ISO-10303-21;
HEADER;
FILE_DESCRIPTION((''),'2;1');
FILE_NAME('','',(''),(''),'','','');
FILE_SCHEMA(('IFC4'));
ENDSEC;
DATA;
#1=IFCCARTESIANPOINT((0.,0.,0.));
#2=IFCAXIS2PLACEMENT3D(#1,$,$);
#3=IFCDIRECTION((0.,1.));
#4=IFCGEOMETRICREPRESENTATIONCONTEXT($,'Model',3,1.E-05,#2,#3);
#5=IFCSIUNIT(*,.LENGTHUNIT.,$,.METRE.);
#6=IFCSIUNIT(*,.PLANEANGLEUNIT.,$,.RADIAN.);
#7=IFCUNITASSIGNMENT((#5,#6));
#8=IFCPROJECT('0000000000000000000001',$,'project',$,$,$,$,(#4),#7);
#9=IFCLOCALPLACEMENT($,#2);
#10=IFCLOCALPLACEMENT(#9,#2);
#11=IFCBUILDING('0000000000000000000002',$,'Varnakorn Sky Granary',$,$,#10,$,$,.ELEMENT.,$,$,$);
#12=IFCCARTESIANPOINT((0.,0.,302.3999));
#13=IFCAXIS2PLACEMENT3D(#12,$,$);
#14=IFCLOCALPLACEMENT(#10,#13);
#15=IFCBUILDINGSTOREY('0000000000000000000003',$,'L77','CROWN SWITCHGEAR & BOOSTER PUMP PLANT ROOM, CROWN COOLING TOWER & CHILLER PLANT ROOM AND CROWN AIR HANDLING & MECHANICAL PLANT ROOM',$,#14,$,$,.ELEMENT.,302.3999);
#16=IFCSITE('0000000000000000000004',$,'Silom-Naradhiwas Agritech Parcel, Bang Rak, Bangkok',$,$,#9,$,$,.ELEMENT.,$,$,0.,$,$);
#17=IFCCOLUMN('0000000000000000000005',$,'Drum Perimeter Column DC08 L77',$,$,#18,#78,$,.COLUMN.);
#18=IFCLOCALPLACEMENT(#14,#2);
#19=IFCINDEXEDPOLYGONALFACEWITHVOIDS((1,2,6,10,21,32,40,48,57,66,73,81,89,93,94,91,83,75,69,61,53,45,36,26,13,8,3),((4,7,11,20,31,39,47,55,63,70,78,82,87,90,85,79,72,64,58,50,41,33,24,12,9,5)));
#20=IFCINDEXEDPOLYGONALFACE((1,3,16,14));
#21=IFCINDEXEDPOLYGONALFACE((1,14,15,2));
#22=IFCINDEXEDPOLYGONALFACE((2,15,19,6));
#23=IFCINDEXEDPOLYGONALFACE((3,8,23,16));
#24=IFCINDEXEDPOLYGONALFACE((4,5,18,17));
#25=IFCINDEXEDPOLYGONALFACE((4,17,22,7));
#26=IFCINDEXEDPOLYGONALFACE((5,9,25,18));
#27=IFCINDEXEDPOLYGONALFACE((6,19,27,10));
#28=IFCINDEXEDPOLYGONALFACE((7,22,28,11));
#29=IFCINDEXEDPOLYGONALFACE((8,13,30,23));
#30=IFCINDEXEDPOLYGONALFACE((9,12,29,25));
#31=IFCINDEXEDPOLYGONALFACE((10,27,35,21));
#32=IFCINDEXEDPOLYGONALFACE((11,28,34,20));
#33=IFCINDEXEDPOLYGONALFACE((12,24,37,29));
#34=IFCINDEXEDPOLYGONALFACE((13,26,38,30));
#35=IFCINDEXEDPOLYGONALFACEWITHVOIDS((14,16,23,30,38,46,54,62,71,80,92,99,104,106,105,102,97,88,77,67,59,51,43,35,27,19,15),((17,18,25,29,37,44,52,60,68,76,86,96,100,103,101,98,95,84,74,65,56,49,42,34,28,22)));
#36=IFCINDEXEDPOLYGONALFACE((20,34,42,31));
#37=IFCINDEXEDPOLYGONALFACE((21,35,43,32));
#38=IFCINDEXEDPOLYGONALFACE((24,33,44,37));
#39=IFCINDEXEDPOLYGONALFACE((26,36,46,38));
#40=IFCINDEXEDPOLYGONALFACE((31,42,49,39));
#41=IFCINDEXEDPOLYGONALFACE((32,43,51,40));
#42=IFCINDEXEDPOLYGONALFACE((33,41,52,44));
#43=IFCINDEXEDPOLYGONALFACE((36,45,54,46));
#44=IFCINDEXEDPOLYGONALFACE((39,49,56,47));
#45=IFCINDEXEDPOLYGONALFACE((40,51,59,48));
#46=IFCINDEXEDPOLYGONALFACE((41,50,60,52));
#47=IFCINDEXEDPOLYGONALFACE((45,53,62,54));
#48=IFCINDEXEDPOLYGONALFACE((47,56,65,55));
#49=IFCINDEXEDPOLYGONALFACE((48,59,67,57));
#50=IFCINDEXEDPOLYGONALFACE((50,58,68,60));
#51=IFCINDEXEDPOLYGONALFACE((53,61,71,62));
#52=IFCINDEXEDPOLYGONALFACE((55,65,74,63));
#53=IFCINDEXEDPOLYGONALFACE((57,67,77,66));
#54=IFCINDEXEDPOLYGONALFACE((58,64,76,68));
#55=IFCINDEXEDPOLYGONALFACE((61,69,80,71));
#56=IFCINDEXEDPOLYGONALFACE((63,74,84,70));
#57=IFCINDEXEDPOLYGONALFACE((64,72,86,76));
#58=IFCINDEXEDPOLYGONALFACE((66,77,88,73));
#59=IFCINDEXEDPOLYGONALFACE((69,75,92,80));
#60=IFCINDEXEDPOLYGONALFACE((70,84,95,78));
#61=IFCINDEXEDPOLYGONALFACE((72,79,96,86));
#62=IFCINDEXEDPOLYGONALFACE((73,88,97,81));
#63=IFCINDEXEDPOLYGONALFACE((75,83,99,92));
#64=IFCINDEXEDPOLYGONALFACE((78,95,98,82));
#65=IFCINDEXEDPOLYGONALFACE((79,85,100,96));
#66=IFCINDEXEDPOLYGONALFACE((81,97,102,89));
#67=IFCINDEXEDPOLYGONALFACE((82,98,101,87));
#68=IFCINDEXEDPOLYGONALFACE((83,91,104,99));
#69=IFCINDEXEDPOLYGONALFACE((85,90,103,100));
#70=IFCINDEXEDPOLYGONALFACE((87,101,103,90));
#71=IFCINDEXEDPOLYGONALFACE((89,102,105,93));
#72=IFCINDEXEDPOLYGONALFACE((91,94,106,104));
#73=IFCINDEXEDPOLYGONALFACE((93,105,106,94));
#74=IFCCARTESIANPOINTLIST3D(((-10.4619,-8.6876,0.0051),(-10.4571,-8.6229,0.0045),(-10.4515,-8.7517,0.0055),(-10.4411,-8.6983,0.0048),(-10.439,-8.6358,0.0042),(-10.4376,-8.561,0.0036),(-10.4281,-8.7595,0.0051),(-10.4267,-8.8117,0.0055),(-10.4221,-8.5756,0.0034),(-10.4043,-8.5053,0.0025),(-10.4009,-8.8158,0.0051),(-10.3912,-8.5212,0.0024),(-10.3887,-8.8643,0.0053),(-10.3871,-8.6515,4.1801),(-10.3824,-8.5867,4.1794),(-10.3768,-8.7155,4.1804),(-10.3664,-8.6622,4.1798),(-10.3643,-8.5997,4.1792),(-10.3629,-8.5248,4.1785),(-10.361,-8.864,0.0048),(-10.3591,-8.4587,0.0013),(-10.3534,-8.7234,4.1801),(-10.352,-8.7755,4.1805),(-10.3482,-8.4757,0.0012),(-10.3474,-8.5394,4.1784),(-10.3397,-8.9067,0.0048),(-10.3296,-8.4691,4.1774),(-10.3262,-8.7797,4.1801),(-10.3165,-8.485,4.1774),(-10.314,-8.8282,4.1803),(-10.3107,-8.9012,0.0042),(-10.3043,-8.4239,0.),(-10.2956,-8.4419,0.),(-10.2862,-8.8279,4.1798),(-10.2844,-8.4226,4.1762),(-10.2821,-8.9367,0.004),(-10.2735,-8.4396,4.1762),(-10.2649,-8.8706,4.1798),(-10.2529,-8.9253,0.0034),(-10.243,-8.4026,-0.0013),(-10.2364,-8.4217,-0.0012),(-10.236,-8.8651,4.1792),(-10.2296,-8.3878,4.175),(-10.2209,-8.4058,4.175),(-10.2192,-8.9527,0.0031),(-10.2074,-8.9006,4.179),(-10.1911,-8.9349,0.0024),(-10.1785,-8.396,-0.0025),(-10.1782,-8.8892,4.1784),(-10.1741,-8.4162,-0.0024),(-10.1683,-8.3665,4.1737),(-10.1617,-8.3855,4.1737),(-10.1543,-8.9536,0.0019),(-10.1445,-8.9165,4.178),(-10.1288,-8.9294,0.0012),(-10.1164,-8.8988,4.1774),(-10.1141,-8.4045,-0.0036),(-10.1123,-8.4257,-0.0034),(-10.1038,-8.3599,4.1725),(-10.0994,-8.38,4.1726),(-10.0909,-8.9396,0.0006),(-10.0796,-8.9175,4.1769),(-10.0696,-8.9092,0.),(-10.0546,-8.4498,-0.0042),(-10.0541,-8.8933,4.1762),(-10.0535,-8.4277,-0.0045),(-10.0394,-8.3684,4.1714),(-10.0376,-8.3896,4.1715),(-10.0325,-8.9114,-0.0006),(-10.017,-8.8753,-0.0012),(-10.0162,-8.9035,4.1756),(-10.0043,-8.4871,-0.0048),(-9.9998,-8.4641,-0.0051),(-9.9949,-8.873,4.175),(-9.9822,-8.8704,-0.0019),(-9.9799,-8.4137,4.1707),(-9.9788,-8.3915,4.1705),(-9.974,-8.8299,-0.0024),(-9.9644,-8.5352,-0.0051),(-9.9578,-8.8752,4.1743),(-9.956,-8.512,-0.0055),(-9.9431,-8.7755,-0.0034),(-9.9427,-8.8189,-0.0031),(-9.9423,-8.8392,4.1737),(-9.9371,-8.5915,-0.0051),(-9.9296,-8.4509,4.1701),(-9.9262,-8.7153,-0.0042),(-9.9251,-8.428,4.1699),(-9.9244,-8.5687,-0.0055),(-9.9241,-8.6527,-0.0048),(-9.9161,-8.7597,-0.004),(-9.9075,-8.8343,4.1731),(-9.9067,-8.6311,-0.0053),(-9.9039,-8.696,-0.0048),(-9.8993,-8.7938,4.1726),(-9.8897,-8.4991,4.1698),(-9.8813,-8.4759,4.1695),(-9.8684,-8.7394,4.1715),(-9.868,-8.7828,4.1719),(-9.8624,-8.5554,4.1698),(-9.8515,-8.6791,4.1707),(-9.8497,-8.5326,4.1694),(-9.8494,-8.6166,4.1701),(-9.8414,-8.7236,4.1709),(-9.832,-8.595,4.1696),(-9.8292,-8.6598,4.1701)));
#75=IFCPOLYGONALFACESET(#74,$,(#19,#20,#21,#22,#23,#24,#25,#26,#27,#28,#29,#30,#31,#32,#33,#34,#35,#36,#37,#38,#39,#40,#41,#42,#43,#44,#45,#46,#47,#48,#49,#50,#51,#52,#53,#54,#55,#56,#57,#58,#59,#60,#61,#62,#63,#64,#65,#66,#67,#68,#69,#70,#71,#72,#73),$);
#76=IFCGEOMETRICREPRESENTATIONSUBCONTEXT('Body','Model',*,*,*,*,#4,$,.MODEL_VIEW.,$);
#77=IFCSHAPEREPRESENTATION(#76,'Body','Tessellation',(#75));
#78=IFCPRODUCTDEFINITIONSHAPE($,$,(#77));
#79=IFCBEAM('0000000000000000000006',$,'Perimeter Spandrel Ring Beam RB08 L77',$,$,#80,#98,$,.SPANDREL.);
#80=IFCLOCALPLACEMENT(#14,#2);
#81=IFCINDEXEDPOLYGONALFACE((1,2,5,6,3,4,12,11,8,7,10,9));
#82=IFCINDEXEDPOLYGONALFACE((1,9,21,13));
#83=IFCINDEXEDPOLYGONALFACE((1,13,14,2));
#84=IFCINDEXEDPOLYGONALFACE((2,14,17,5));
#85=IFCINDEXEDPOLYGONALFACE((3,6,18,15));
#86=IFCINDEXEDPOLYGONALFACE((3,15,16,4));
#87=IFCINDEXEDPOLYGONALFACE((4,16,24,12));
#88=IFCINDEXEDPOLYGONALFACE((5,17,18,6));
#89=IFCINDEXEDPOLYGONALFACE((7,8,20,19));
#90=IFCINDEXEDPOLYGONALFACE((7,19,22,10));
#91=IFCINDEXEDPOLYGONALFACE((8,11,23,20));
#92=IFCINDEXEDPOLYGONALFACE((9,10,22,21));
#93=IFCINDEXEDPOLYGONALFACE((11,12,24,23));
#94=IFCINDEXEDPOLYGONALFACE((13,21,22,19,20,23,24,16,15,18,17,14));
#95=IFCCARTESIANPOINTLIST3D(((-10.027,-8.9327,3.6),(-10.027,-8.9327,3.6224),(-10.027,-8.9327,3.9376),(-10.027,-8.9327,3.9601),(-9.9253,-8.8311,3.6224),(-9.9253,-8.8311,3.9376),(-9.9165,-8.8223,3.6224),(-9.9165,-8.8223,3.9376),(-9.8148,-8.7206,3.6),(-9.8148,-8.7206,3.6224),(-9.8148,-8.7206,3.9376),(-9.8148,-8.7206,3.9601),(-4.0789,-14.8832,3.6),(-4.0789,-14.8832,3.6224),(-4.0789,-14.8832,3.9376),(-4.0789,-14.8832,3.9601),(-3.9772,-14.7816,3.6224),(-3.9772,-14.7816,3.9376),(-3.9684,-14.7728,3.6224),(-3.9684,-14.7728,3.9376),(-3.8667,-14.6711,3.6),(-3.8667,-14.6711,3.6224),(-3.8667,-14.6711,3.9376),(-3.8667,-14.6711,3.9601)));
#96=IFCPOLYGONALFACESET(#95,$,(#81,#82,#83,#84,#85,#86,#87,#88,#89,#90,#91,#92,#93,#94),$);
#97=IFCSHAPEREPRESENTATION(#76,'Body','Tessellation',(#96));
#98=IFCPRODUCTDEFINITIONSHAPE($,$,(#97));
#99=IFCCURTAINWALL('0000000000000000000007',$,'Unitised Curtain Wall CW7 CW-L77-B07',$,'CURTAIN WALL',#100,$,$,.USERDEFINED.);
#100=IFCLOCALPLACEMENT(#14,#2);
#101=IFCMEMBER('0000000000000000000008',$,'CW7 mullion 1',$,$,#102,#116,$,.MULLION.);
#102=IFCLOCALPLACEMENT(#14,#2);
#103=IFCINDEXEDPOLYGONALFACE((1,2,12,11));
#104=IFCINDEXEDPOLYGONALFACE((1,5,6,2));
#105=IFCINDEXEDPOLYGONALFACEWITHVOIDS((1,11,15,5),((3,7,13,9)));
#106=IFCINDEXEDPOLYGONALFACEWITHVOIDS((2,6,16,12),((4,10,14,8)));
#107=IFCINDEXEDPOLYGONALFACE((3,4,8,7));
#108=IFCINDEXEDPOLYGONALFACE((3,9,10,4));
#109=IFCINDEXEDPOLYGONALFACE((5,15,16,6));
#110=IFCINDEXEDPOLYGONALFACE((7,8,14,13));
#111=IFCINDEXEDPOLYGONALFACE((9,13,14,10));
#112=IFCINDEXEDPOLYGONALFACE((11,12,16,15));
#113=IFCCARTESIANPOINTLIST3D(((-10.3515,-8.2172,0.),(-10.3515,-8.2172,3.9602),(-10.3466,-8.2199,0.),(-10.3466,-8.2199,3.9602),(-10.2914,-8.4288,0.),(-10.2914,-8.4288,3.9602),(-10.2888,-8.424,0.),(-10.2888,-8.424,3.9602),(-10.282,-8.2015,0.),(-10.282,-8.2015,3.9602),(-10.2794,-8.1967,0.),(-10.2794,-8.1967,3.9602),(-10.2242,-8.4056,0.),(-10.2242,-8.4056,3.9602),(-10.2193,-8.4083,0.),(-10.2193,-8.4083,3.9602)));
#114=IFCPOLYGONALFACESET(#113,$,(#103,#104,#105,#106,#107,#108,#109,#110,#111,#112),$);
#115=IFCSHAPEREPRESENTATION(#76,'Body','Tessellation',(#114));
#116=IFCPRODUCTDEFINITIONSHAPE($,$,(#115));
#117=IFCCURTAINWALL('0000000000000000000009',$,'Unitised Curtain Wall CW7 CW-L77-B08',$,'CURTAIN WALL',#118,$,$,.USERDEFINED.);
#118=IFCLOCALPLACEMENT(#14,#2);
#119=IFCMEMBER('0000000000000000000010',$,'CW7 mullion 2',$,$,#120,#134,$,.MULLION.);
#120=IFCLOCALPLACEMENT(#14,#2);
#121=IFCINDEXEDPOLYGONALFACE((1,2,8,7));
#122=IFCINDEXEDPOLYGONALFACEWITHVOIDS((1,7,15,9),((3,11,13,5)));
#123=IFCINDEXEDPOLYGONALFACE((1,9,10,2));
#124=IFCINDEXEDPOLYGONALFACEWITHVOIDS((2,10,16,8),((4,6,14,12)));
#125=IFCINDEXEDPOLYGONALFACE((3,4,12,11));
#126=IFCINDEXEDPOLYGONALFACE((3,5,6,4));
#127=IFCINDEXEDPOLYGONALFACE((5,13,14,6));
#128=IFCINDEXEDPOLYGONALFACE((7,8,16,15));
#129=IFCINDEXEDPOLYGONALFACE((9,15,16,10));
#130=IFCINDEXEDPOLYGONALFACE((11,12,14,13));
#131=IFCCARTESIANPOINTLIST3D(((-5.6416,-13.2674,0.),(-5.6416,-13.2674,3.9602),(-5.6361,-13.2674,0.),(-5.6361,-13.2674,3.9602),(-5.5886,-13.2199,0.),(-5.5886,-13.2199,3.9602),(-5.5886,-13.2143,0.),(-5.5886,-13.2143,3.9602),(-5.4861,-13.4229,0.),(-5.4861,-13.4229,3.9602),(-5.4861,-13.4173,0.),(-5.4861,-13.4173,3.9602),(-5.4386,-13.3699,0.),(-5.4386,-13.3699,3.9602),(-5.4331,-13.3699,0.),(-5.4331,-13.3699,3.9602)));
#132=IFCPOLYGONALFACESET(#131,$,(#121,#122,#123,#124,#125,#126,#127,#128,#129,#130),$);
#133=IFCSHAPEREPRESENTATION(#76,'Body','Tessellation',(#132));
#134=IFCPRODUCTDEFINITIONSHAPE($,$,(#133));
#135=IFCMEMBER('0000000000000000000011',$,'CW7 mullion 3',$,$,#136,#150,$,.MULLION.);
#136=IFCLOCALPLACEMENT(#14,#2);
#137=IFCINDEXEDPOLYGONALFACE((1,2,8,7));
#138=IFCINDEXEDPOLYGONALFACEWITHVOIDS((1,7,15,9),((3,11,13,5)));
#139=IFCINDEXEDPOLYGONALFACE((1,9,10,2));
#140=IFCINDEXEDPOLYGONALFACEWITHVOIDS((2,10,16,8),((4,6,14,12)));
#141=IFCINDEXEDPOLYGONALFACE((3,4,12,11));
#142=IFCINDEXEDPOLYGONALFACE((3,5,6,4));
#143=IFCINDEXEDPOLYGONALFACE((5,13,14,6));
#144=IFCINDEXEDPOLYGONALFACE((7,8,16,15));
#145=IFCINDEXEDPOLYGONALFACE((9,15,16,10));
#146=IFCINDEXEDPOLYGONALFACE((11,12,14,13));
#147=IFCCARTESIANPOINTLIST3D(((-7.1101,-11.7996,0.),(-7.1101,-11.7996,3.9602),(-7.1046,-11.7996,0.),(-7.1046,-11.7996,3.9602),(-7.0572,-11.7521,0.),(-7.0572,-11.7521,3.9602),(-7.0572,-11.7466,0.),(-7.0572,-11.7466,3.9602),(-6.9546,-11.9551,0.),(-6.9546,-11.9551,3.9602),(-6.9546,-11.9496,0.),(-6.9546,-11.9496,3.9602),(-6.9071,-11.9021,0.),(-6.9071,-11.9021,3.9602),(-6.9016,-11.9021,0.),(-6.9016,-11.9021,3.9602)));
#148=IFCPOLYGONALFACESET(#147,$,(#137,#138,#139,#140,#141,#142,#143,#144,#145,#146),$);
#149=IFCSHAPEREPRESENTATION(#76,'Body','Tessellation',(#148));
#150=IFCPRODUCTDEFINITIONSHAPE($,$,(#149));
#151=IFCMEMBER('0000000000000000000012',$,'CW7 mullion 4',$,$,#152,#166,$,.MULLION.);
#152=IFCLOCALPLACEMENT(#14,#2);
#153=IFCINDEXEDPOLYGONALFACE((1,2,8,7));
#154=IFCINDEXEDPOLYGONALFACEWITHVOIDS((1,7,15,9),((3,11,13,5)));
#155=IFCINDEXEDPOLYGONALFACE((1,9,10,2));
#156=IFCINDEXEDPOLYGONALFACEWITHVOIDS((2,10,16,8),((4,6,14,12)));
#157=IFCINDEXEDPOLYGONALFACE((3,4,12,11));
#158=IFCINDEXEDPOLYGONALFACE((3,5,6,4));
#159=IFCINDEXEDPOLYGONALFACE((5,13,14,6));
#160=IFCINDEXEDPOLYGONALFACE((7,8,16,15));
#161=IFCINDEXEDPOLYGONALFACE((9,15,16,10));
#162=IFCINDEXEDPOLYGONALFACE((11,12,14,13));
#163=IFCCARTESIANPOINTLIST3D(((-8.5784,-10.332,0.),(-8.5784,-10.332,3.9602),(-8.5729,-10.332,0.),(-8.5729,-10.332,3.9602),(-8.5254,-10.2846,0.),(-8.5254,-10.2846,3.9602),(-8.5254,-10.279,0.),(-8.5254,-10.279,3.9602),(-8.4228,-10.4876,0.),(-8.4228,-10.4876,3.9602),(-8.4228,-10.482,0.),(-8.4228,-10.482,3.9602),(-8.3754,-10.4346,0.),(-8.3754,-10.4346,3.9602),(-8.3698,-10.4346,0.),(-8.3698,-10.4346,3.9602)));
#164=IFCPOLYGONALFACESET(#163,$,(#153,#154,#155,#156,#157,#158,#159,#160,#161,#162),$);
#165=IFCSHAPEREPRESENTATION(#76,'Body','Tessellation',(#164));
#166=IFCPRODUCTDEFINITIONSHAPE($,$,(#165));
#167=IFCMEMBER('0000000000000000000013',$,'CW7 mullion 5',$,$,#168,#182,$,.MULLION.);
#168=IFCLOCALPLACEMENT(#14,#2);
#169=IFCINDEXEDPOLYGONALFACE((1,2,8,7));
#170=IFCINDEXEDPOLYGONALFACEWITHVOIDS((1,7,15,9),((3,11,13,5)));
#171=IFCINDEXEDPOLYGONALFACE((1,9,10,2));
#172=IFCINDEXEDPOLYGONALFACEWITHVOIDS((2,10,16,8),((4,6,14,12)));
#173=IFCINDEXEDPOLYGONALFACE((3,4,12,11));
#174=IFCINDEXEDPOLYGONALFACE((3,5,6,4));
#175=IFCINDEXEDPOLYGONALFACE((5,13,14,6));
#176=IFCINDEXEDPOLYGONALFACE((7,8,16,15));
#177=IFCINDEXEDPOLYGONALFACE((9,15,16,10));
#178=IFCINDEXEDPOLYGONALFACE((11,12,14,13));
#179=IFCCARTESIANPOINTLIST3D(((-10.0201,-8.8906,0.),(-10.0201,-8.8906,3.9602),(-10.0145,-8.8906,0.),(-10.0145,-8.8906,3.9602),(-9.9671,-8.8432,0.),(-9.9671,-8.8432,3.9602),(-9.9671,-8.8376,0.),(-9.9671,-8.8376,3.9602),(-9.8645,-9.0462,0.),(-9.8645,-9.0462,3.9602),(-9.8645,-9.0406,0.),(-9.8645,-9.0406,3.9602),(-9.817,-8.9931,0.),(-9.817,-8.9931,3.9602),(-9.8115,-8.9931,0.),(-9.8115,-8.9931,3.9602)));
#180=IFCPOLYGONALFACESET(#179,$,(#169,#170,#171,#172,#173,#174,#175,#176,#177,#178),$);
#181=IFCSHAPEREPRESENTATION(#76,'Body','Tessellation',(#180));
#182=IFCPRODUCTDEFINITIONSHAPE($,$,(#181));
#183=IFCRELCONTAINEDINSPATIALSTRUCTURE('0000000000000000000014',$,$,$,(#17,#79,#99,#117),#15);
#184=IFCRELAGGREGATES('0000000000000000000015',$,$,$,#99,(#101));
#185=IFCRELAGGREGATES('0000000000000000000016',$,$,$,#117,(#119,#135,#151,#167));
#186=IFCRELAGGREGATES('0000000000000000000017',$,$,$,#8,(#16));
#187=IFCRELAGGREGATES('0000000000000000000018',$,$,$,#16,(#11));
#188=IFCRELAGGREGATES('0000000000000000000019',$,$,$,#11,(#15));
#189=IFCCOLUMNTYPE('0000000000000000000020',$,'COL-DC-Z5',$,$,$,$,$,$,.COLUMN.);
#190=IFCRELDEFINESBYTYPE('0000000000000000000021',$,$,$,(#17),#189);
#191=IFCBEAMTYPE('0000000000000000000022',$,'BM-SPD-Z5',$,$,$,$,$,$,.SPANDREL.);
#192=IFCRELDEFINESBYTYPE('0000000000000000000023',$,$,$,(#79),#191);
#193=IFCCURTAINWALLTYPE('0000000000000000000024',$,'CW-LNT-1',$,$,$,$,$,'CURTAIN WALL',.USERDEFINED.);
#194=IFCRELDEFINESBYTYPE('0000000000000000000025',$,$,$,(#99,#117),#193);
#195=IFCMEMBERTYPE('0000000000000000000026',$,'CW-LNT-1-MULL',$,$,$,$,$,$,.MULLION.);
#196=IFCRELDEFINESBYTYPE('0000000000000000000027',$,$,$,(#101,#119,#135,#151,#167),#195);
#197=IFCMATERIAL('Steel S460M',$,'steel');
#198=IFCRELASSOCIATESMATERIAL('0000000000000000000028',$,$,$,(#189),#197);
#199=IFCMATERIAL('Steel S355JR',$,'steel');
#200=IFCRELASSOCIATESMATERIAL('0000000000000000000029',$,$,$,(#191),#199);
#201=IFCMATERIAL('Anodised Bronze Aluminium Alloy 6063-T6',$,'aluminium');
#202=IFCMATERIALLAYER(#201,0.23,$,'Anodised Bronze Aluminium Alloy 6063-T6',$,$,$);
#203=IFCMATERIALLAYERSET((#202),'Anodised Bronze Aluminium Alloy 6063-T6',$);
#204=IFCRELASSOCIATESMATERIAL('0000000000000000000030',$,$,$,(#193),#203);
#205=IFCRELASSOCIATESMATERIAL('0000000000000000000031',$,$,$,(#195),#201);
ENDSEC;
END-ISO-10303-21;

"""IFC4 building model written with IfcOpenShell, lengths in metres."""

from ifc_helpers import new_model, si_unit, direction, frame, origin, origin_2d, place, context, subcontext, project, spatial, hollow_rectangle, hollow_circle, i_section, extrude, material, layer, layer_set, material_profile, profile_set, type_object, element, aggregate, save


model = new_model("IFC4")

# Units and contexts
model_context = context("Model", 3, precision=1e-05, world=origin(), true_north=direction((0.0, 1.0)))
body_context = subcontext(model_context, "Body", "Model", "MODEL_VIEW")
ifc_project = project(units=[si_unit("LENGTHUNIT", "METRE"), si_unit("PLANEANGLEUNIT", "RADIAN")], contexts=[model_context])

# Site, building, storey
site_placement = place(None, origin())
site = spatial("IfcSite", under=ifc_project, at=site_placement, Name="Silom-Naradhiwas Agritech Parcel, Bang Rak, Bangkok", CompositionType="ELEMENT", RefElevation=0.0)
building_placement = place(site_placement, origin())
building = spatial("IfcBuilding", under=site, at=building_placement, Name="Varnakorn Sky Granary", CompositionType="ELEMENT")
storey_placement = place(building_placement, frame((0.0, 0.0, 302.3999)))
storey = spatial("IfcBuildingStorey", under=building, at=storey_placement, Name="L77", Description="CROWN SWITCHGEAR & BOOSTER PUMP PLANT ROOM, CROWN COOLING TOWER & CHILLER PLANT ROOM AND CROWN AIR HANDLING & MECHANICAL PLANT ROOM", CompositionType="ELEMENT", Elevation=302.3999)

# Column
ifc_material_1 = material(Name="Steel S460M", Category="steel")
ifc_material_profile_1 = material_profile(ifc_material_1, hollow_circle(Radius=0.2795, WallThickness=0.02, at=origin_2d()), Name="CHS 559x20")
ifc_profile_set_1 = profile_set([ifc_material_profile_1], Name="Steel S460M")
column_type = type_object("IfcColumnType", Name="COL-DC-Z5", PredefinedType="COLUMN", material=ifc_profile_set_1)
column_placement = place(storey_placement, frame((-10.1826, -8.6755, 0.0), z_axis=(0.01789, 0.008653, 0.999803), x_axis=(-0.435407, 0.900234, 0.0)))
element("IfcColumn", 1, at=column_placement, inside=storey, type_object=column_type, Name="Drum Perimeter Column DC08 L77", PredefinedType="COLUMN", context=body_context, shape_type="SweptSolid", body=[
    extrude(hollow_circle(Radius=0.2795, WallThickness=0.02, at=origin_2d()), origin(), (0.0, 0.0, 1.0), 4.1758),
])

# Beam
ifc_material_2 = material(Name="Steel S355JR", Category="steel")
ifc_material_profile_2 = material_profile(ifc_material_2, i_section(OverallWidth=0.3, OverallDepth=0.3601, WebThickness=0.0125, FlangeThickness=0.0225, at=origin_2d()), Name="HE 360 B")
ifc_profile_set_2 = profile_set([ifc_material_profile_2], Name="Steel S355JR")
beam_type = type_object("IfcBeamType", Name="BM-SPD-Z5", PredefinedType="SPANDREL", material=ifc_profile_set_2)
beam_placement = place(storey_placement, frame((-9.9209, -8.8267, 3.78), z_axis=(0.706962, -0.707252, 0.0), x_axis=(0.707252, 0.706962, 0.0)))
element("IfcBeam", 2, at=beam_placement, inside=storey, type_object=beam_type, Name="Perimeter Spandrel Ring Beam RB08 L77", PredefinedType="SPANDREL", context=body_context, shape_type="SweptSolid", body=[
    extrude(i_section(OverallWidth=0.3, OverallDepth=0.3601, WebThickness=0.0125, FlangeThickness=0.0225, at=origin_2d()), origin(), (0.0, 0.0, 1.0), 8.4136),
])

# Curtain wall, member
ifc_material_3 = material(Name="Anodised Bronze Aluminium Alloy 6063-T6", Category="aluminium")
ifc_layer_1 = layer(ifc_material_3, 0.23, Name="Anodised Bronze Aluminium Alloy 6063-T6")
ifc_layer_set_1 = layer_set([ifc_layer_1], Name="Anodised Bronze Aluminium Alloy 6063-T6")
curtain_wall_type = type_object("IfcCurtainWallType", Name="CW-LNT-1", ElementType="CURTAIN WALL", PredefinedType="USERDEFINED", material=ifc_layer_set_1)
curtain_wall_1_placement = place(storey_placement, origin())
curtain_wall_1 = element("IfcCurtainWall", 3, at=curtain_wall_1_placement, inside=storey, type_object=curtain_wall_type, Name="Unitised Curtain Wall CW7 CW-L77-B07", ObjectType="CURTAIN WALL", PredefinedType="USERDEFINED")
ifc_material_profile_3 = material_profile(ifc_material_3, hollow_rectangle(XDim=0.075, YDim=0.22, WallThickness=0.0039, at=origin_2d()), Name="ALU MULL 75x220")
ifc_profile_set_3 = profile_set([ifc_material_profile_3], Name="Anodised Bronze Aluminium Alloy 6063-T6")
member_type_1 = type_object("IfcMemberType", Name="CW-LNT-1-MULL", PredefinedType="MULLION", material=ifc_profile_set_3)
member_1_placement = place(storey_placement, frame((-10.2854, -8.3127, 0.0), z_axis=(0.0, 0.0, 1.0), x_axis=(-0.962054, -0.27286, 0.0)))
member_1 = element("IfcMember", 4, at=member_1_placement, type_object=member_type_1, Name="CW7 mullion 1", PredefinedType="MULLION", context=body_context, shape_type="SweptSolid", body=[
    extrude(hollow_rectangle(XDim=0.075, YDim=0.22, WallThickness=0.0039, at=origin_2d()), origin(), (0.0, 0.0, 1.0), 3.9602),
])

# Curtain wall, members
curtain_wall_2_placement = place(storey_placement, origin())
curtain_wall_2 = element("IfcCurtainWall", 5, at=curtain_wall_2_placement, inside=storey, type_object=curtain_wall_type, Name="Unitised Curtain Wall CW7 CW-L77-B08", ObjectType="CURTAIN WALL", PredefinedType="USERDEFINED")
member_2_placement = place(storey_placement, frame((-5.5374, -13.3186, 0.0), z_axis=(0.0, 0.0, 1.0), x_axis=(-0.706962, -0.707251, 0.0)))
member_2 = element("IfcMember", 6, at=member_2_placement, type_object=member_type_1, Name="CW7 mullion 2", PredefinedType="MULLION", context=body_context, shape_type="SweptSolid", body=[
    extrude(hollow_rectangle(XDim=0.075, YDim=0.22, WallThickness=0.0039, at=origin_2d()), origin(), (0.0, 0.0, 1.0), 3.9602),
])
member_3_placement = place(storey_placement, frame((-7.0059, -11.8508, 0.0), z_axis=(0.0, 0.0, 1.0), x_axis=(-0.706962, -0.707251, 0.0)))
member_3 = element("IfcMember", 7, at=member_3_placement, type_object=member_type_1, Name="CW7 mullion 3", PredefinedType="MULLION", context=body_context, shape_type="SweptSolid", body=[
    extrude(hollow_rectangle(XDim=0.075, YDim=0.22, WallThickness=0.0039, at=origin_2d()), origin(), (0.0, 0.0, 1.0), 3.9602),
])
member_4_placement = place(storey_placement, frame((-8.4741, -10.3833, 0.0), z_axis=(0.0, 0.0, 1.0), x_axis=(-0.706962, -0.707251, 0.0)))
member_4 = element("IfcMember", 8, at=member_4_placement, type_object=member_type_1, Name="CW7 mullion 4", PredefinedType="MULLION", context=body_context, shape_type="SweptSolid", body=[
    extrude(hollow_rectangle(XDim=0.075, YDim=0.22, WallThickness=0.0039, at=origin_2d()), origin(), (0.0, 0.0, 1.0), 3.9602),
])
member_5_placement = place(storey_placement, frame((-9.9158, -8.9419, 0.0), z_axis=(0.0, 0.0, 1.0), x_axis=(-0.706962, -0.707251, 0.0)))
member_5 = element("IfcMember", 9, at=member_5_placement, type_object=member_type_1, Name="CW7 mullion 5", PredefinedType="MULLION", context=body_context, shape_type="SweptSolid", body=[
    extrude(hollow_rectangle(XDim=0.075, YDim=0.22, WallThickness=0.0039, at=origin_2d()), origin(), (0.0, 0.0, 1.0), 3.9602),
])

aggregate(curtain_wall_1, [member_1])

aggregate(curtain_wall_2, [member_2, member_3, member_4, member_5])

save(model, "model.ifc")
